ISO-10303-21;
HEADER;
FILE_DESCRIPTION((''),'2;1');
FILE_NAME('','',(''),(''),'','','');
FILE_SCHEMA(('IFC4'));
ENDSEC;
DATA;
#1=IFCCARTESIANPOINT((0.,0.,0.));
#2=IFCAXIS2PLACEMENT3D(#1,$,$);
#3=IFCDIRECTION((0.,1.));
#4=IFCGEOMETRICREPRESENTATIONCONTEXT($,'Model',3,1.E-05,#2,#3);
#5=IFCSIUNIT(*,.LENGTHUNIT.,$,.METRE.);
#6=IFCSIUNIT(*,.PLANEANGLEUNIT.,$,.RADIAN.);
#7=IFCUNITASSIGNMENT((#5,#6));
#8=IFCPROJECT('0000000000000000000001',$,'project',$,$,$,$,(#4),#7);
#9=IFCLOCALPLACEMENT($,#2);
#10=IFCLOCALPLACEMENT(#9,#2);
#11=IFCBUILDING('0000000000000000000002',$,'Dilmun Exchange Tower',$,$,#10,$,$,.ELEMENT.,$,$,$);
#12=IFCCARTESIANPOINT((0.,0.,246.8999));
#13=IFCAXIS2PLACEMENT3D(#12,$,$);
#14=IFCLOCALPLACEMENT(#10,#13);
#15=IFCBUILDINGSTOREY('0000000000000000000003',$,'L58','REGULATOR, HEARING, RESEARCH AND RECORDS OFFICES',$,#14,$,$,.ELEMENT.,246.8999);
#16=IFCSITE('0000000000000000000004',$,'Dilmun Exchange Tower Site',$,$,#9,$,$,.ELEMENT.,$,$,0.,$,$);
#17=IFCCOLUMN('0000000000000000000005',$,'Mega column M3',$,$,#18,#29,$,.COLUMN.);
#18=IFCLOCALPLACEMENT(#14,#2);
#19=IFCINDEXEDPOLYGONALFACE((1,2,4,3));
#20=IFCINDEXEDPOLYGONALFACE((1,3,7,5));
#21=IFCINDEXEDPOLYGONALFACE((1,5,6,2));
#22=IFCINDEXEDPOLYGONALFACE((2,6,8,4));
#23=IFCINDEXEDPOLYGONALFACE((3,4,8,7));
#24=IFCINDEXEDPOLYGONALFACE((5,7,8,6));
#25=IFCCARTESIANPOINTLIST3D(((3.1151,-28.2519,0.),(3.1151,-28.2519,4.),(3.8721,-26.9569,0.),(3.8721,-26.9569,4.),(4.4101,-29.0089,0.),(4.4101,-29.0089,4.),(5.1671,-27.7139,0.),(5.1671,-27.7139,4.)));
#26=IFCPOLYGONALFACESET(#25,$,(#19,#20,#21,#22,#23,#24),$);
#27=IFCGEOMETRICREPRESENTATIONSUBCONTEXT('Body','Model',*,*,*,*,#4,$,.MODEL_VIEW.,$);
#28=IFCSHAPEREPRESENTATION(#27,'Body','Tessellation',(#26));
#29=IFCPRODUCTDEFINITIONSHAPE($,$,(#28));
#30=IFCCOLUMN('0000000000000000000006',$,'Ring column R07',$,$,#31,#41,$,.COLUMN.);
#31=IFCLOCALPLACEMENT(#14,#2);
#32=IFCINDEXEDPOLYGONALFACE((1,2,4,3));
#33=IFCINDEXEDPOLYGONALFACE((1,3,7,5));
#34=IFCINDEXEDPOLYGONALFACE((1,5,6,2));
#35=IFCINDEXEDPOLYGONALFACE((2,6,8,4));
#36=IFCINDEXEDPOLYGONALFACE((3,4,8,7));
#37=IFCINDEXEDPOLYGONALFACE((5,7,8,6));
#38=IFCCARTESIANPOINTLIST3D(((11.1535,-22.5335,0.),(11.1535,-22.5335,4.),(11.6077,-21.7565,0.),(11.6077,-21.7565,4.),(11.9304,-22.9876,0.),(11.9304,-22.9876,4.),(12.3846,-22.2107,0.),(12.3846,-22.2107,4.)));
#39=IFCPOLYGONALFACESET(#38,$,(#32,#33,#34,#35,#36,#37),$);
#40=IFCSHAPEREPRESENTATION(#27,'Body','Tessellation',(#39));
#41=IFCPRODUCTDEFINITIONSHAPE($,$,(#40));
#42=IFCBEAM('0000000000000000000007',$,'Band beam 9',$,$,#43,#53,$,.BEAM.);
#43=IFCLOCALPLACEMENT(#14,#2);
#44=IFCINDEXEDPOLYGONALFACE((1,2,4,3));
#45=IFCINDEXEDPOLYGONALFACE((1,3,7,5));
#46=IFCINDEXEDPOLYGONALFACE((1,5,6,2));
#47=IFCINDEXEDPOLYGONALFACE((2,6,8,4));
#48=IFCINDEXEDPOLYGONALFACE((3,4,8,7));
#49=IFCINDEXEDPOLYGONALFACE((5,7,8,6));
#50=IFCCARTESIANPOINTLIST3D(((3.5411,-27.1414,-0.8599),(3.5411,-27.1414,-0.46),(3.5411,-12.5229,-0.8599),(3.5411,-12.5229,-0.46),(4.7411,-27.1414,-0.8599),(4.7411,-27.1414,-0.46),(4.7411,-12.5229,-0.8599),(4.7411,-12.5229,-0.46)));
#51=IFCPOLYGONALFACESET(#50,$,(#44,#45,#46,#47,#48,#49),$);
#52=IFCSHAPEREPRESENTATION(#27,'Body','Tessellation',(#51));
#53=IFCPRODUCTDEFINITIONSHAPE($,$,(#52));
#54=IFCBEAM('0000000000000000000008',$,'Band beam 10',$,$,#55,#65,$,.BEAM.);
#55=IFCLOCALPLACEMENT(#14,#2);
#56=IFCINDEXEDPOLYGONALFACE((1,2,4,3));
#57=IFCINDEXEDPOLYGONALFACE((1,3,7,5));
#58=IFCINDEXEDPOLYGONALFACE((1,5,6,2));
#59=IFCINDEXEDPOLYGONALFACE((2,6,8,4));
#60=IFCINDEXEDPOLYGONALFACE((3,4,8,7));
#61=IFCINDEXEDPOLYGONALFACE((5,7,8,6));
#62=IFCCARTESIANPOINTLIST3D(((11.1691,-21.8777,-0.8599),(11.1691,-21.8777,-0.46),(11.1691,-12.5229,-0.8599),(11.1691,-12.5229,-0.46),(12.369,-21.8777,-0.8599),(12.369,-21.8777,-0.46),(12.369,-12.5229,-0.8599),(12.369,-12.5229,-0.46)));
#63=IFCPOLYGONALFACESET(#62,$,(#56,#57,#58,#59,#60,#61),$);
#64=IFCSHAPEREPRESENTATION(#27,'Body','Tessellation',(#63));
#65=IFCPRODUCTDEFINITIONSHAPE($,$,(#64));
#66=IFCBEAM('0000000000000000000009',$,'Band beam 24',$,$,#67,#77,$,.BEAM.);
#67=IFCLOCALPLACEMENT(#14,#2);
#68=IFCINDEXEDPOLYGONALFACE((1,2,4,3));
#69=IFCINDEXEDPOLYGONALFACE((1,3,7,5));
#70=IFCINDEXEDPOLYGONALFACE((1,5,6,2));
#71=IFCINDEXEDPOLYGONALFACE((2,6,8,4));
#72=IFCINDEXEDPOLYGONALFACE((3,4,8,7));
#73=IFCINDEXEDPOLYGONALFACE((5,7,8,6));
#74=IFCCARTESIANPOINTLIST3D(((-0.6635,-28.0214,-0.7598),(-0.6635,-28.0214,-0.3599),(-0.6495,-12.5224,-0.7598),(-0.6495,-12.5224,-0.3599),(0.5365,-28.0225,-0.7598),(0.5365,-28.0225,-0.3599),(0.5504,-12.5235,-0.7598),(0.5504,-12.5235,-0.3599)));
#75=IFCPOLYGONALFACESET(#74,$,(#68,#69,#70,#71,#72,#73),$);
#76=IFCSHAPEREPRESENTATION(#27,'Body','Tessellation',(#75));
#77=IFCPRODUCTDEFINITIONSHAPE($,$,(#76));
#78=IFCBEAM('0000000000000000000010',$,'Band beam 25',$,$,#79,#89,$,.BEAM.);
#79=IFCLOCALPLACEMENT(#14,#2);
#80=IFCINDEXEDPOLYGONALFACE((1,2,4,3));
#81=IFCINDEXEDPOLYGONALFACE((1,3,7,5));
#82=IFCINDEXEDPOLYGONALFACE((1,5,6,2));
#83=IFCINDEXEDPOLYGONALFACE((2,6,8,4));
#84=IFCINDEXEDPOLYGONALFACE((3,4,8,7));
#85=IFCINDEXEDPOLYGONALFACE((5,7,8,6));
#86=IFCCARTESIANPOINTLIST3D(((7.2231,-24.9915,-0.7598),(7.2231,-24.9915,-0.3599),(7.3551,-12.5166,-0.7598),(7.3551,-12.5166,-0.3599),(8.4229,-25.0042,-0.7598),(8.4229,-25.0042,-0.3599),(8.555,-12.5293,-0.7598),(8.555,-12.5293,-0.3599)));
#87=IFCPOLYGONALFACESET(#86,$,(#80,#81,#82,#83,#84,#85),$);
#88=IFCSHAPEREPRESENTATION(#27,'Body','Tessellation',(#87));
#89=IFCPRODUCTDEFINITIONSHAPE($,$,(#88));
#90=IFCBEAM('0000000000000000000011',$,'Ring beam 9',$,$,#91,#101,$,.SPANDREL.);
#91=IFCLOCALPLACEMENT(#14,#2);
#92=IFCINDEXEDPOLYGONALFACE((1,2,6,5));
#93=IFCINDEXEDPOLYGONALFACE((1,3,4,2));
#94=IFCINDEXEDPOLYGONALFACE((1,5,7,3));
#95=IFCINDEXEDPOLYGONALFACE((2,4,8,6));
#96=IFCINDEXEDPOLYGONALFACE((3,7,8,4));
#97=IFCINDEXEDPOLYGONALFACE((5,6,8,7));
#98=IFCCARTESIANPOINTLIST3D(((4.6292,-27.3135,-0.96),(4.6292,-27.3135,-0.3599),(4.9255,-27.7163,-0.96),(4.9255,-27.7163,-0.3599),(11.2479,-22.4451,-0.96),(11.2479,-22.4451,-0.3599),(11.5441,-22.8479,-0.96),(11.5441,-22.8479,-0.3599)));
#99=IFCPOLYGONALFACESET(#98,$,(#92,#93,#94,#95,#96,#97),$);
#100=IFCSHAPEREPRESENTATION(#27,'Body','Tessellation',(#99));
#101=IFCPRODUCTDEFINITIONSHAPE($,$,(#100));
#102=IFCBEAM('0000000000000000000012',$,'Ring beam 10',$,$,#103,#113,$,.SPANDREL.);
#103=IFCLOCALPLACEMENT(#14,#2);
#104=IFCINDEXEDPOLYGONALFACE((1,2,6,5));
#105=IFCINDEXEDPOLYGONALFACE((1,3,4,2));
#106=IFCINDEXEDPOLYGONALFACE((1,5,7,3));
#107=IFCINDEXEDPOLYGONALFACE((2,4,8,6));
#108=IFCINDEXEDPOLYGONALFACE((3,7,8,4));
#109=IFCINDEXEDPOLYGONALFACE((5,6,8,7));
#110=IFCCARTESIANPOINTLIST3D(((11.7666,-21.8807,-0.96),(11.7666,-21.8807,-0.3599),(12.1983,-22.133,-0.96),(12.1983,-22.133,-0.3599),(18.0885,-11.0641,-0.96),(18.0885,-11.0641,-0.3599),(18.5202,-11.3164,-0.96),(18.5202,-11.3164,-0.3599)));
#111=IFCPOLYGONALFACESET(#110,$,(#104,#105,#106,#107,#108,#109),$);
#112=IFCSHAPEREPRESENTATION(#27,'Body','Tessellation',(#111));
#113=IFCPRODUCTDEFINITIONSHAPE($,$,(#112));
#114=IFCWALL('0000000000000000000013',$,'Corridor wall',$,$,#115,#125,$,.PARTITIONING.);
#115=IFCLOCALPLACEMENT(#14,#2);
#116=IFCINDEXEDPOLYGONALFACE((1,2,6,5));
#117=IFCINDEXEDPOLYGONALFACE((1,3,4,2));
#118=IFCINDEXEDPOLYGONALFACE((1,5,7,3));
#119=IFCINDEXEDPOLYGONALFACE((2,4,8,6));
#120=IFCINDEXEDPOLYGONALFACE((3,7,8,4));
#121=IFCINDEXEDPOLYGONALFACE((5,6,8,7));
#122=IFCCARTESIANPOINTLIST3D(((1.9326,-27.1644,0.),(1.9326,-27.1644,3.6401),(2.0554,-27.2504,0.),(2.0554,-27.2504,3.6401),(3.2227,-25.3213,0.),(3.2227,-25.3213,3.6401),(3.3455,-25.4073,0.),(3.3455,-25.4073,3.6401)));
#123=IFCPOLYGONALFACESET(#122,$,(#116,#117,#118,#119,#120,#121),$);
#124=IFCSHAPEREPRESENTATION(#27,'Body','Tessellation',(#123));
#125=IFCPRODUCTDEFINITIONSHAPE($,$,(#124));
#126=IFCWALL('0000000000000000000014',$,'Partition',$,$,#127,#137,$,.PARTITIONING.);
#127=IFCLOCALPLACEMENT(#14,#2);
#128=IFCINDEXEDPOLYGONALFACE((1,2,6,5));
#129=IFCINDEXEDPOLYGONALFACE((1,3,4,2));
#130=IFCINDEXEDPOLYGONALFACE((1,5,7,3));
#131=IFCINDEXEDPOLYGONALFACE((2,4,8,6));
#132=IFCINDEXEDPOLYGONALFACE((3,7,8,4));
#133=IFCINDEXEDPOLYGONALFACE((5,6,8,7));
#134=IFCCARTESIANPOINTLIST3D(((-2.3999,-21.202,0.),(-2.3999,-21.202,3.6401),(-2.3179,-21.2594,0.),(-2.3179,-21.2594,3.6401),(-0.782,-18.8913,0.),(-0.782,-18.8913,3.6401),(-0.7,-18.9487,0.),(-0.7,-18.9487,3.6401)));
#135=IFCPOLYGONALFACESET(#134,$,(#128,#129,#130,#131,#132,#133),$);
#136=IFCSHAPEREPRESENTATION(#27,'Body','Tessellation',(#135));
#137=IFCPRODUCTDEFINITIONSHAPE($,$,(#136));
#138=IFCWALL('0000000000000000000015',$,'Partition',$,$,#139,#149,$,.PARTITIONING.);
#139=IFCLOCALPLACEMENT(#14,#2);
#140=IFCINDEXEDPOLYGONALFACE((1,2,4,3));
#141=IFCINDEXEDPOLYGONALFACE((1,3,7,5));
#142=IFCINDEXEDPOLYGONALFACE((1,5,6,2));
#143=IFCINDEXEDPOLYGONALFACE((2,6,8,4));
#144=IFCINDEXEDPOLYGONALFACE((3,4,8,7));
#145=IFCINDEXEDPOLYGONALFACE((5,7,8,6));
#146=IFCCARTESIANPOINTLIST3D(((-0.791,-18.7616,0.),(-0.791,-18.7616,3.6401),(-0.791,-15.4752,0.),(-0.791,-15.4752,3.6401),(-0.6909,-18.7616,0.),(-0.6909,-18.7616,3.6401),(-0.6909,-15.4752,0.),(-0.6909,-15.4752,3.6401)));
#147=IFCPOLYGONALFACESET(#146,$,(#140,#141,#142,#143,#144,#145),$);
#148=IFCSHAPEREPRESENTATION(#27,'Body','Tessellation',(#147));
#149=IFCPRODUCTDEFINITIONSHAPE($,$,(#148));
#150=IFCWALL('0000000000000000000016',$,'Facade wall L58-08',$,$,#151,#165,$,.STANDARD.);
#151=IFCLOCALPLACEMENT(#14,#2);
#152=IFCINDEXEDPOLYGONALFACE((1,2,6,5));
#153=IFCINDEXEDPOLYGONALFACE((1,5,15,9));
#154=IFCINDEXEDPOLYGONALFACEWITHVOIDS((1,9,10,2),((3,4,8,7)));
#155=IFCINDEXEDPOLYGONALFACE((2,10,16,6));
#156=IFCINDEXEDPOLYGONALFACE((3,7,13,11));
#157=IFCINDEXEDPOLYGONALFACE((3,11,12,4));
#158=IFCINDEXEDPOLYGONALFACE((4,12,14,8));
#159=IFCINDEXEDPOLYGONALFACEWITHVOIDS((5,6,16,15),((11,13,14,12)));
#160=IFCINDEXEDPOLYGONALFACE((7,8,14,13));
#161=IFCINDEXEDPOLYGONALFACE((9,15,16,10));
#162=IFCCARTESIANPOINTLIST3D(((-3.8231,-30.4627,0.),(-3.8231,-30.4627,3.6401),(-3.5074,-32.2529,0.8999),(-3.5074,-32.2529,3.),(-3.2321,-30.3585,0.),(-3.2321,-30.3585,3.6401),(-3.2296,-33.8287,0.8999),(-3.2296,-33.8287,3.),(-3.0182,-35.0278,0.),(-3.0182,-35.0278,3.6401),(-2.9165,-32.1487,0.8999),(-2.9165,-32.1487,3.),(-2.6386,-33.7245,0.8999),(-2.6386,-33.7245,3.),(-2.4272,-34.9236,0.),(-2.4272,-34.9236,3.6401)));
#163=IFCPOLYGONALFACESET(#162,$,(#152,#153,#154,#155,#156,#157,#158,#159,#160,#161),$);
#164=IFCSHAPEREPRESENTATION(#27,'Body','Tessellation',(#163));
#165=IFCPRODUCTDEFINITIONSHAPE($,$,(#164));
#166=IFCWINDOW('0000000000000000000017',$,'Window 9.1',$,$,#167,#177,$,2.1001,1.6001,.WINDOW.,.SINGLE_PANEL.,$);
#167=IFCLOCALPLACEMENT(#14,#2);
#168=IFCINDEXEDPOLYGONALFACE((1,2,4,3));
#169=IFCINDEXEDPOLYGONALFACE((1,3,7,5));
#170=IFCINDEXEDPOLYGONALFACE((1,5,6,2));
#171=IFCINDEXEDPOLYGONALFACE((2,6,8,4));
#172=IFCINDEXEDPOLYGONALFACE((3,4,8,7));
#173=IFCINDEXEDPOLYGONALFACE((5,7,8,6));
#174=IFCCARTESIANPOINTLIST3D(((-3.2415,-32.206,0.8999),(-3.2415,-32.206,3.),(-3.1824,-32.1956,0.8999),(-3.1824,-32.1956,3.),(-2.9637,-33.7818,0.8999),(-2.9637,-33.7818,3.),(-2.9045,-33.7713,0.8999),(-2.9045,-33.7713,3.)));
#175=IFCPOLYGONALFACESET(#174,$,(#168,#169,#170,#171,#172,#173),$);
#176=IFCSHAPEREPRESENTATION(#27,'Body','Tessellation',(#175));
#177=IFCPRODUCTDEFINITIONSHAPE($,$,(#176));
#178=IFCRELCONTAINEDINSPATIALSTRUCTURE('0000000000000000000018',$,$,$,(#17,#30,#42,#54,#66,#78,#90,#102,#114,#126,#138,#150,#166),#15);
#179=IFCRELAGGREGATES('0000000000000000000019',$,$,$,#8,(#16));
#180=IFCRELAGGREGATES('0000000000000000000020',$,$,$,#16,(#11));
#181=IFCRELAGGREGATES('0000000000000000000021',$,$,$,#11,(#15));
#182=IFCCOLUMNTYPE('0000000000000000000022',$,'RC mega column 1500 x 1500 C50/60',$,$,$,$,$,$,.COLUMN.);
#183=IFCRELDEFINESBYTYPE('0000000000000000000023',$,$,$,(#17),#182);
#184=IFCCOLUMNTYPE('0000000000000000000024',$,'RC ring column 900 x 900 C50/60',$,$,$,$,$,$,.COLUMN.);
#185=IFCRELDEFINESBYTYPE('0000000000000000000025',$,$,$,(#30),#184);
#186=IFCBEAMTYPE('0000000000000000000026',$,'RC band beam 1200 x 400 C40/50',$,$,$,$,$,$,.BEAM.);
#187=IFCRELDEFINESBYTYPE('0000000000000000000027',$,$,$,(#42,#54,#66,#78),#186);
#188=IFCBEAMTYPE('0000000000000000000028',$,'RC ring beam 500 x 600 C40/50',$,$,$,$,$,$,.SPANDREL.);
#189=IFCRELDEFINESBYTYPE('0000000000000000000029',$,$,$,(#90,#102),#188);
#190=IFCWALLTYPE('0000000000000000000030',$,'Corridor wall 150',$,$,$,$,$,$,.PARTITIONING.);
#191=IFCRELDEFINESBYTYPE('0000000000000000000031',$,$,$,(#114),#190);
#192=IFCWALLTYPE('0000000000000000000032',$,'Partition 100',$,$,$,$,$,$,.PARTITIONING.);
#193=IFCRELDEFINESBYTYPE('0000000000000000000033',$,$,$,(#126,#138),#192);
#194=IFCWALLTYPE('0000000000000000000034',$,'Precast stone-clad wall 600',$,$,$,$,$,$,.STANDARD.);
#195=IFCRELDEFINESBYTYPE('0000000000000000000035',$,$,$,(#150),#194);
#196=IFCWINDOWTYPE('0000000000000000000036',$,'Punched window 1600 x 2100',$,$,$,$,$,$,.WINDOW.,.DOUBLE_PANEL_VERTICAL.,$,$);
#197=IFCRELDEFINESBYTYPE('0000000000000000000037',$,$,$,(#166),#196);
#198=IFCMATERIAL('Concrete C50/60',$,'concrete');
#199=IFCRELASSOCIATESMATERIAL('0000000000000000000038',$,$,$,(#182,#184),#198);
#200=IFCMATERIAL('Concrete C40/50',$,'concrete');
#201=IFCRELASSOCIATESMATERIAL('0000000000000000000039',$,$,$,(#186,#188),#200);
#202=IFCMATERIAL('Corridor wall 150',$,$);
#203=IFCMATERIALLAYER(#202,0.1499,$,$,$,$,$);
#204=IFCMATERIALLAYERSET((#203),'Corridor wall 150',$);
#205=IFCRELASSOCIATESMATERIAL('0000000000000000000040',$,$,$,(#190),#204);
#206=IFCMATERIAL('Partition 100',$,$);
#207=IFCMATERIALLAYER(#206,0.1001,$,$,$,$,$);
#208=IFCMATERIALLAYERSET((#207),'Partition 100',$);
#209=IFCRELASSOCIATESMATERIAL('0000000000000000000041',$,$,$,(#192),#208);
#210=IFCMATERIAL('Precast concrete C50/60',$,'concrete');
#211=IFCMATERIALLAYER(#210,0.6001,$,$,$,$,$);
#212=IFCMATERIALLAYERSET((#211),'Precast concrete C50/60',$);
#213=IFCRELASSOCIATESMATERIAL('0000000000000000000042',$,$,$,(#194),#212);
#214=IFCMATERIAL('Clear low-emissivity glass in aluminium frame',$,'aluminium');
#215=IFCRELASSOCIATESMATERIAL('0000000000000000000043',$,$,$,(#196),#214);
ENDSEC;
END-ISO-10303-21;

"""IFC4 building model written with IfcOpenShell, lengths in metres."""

from ifc_helpers import new_model, si_unit, direction, frame, frame_2d, origin, origin_2d, place, context, subcontext, project, spatial, rectangle, extrude, material, layer, layer_set, material_profile, profile_set, type_object, element, fill, save


model = new_model("IFC4")

# Units and contexts
model_context = context("Model", 3, precision=1e-05, world=origin(), true_north=direction((0.0, 1.0)))
body_context = subcontext(model_context, "Body", "Model", "MODEL_VIEW")
ifc_project = project(units=[si_unit("LENGTHUNIT", "METRE"), si_unit("PLANEANGLEUNIT", "RADIAN")], contexts=[model_context])

# Site, building, storey
site_placement = place(None, origin())
site = spatial("IfcSite", under=ifc_project, at=site_placement, Name="Dilmun Exchange Tower Site", CompositionType="ELEMENT", RefElevation=0.0)
building_placement = place(site_placement, origin())
building = spatial("IfcBuilding", under=site, at=building_placement, Name="Dilmun Exchange Tower", CompositionType="ELEMENT")
storey_placement = place(building_placement, frame((0.0, 0.0, 246.8999)))
storey = spatial("IfcBuildingStorey", under=building, at=storey_placement, Name="L58", Description="REGULATOR, HEARING, RESEARCH AND RECORDS OFFICES", CompositionType="ELEMENT", Elevation=246.8999)

# Columns
ifc_material_1 = material(Name="Concrete C50/60", Category="concrete")
ifc_material_profile_1 = material_profile(ifc_material_1, rectangle(XDim=1.5, YDim=1.5, at=origin_2d()), Name="1500 x 1500")
ifc_profile_set_1 = profile_set([ifc_material_profile_1], Name="Concrete C50/60")
column_type_1 = type_object("IfcColumnType", Name="RC mega column 1500 x 1500 C50/60", PredefinedType="COLUMN", material=ifc_profile_set_1)
column_1_placement = place(storey_placement, frame((4.1411, -27.9829, 0.0), z_axis=(0.0, 0.0, 1.0), x_axis=(0.504644, 0.863328, 0.0)))
element("IfcColumn", 1, at=column_1_placement, inside=storey, type_object=column_type_1, Name="Mega column M3", PredefinedType="COLUMN", context=body_context, shape_type="SweptSolid", body=[
    extrude(rectangle(XDim=1.5, YDim=1.5, at=origin_2d()), origin(), (0.0, 0.0, 1.0), 4.0),
])
ifc_material_profile_2 = material_profile(ifc_material_1, rectangle(XDim=0.8999, YDim=0.8999, at=origin_2d()), Name="900 x 900")
ifc_profile_set_2 = profile_set([ifc_material_profile_2], Name="Concrete C50/60")
column_type_2 = type_object("IfcColumnType", Name="RC ring column 900 x 900 C50/60", PredefinedType="COLUMN", material=ifc_profile_set_2)
column_2_placement = place(storey_placement, frame((11.769, -22.3721, 0.0), z_axis=(0.0, 0.0, 1.0), x_axis=(0.504644, 0.863328, 0.0)))
element("IfcColumn", 2, at=column_2_placement, inside=storey, type_object=column_type_2, Name="Ring column R07", PredefinedType="COLUMN", context=body_context, shape_type="SweptSolid", body=[
    extrude(rectangle(XDim=0.8999, YDim=0.8999, at=origin_2d()), origin(), (0.0, 0.0, 1.0), 4.0),
])

# Beams
ifc_material_2 = material(Name="Concrete C40/50", Category="concrete")
ifc_material_profile_3 = material_profile(ifc_material_2, rectangle(XDim=1.2, YDim=0.3999, at=origin_2d()), Name="1200 x 400")
ifc_profile_set_3 = profile_set([ifc_material_profile_3], Name="Concrete C40/50")
beam_type_1 = type_object("IfcBeamType", Name="RC band beam 1200 x 400 C40/50", PredefinedType="BEAM", material=ifc_profile_set_3)
beam_1_placement = place(storey_placement, frame((4.1411, -27.1414, -0.6599), z_axis=(0.0, 1.0, 0.0), x_axis=(-1.0, 0.0, 0.0)))
element("IfcBeam", 3, at=beam_1_placement, inside=storey, type_object=beam_type_1, Name="Band beam 9", PredefinedType="BEAM", context=body_context, shape_type="SweptSolid", body=[
    extrude(rectangle(XDim=1.2, YDim=0.3999, at=origin_2d()), origin(), (0.0, 0.0, 1.0), 14.6184),
])
beam_2_placement = place(storey_placement, frame((11.769, -21.8777, -0.6599), z_axis=(0.0, 1.0, 0.0), x_axis=(-1.0, 0.0, 0.0)))
element("IfcBeam", 4, at=beam_2_placement, inside=storey, type_object=beam_type_1, Name="Band beam 10", PredefinedType="BEAM", context=body_context, shape_type="SweptSolid", body=[
    extrude(rectangle(XDim=1.2, YDim=0.3999, at=origin_2d()), origin(), (0.0, 0.0, 1.0), 9.3547),
])
beam_3_placement = place(storey_placement, frame((-0.0635, -28.022, -0.5598), z_axis=(0.000898, 1.0, 0.0), x_axis=(-1.0, 0.000898, 0.0)))
element("IfcBeam", 5, at=beam_3_placement, inside=storey, type_object=beam_type_1, Name="Band beam 24", PredefinedType="BEAM", context=body_context, shape_type="SweptSolid", body=[
    extrude(rectangle(XDim=1.2, YDim=0.3999, at=origin_2d()), origin(), (0.0, 0.0, 1.0), 15.499),
])
beam_4_placement = place(storey_placement, frame((7.823, -24.9978, -0.5598), z_axis=(0.010587, 0.999944, 0.0), x_axis=(-0.999944, 0.010587, 0.0)))
element("IfcBeam", 6, at=beam_4_placement, inside=storey, type_object=beam_type_1, Name="Band beam 25", PredefinedType="BEAM", context=body_context, shape_type="SweptSolid", body=[
    extrude(rectangle(XDim=1.2, YDim=0.3999, at=origin_2d()), origin(), (0.0, 0.0, 1.0), 12.4756),
])
ifc_material_profile_4 = material_profile(ifc_material_2, rectangle(XDim=0.5, YDim=0.6001, at=origin_2d()), Name="500 x 600")
ifc_profile_set_4 = profile_set([ifc_material_profile_4], Name="Concrete C40/50")
beam_type_2 = type_object("IfcBeamType", Name="RC ring beam 500 x 600 C40/50", PredefinedType="SPANDREL", material=ifc_profile_set_4)
beam_5_placement = place(storey_placement, frame((4.7773, -27.5149, -0.6599), z_axis=(0.805549, 0.592529, 0.0), x_axis=(-0.592529, 0.805549, 0.0)))
element("IfcBeam", 7, at=beam_5_placement, inside=storey, type_object=beam_type_2, Name="Ring beam 9", PredefinedType="SPANDREL", context=body_context, shape_type="SweptSolid", body=[
    extrude(rectangle(XDim=0.5, YDim=0.6001, at=origin_2d()), origin(), (0.0, 0.0, 1.0), 8.2163),
])
beam_6_placement = place(storey_placement, frame((11.9824, -22.0068, -0.6599), z_axis=(0.504604, 0.863351, 0.0), x_axis=(-0.863351, 0.504604, 0.0)))
element("IfcBeam", 8, at=beam_6_placement, inside=storey, type_object=beam_type_2, Name="Ring beam 10", PredefinedType="SPANDREL", context=body_context, shape_type="SweptSolid", body=[
    extrude(rectangle(XDim=0.5, YDim=0.6001, at=origin_2d()), origin(), (0.0, 0.0, 1.0), 12.5286),
])

# Walls
ifc_material_3 = material(Name="Corridor wall 150")
ifc_layer_1 = layer(ifc_material_3, 0.1499)
ifc_layer_set_1 = layer_set([ifc_layer_1], Name="Corridor wall 150")
wall_type_1 = type_object("IfcWallType", Name="Corridor wall 150", PredefinedType="PARTITIONING", material=ifc_layer_set_1)
wall_1_placement = place(storey_placement, frame((1.9939, -27.2075, 0.0), z_axis=(0.0, 0.0, 1.0), x_axis=(0.57344, 0.819247, 0.0)))
element("IfcWall", 9, at=wall_1_placement, inside=storey, type_object=wall_type_1, Name="Corridor wall", PredefinedType="PARTITIONING", context=body_context, shape_type="SweptSolid", body=[
    extrude(rectangle(XDim=2.2498, YDim=0.1499, at=frame_2d((1.125, 0.0))), origin(), (0.0, 0.0, 1.0), 3.6401),
])
ifc_material_4 = material(Name="Partition 100")
ifc_layer_2 = layer(ifc_material_4, 0.1001)
ifc_layer_set_2 = layer_set([ifc_layer_2], Name="Partition 100")
wall_type_2 = type_object("IfcWallType", Name="Partition 100", PredefinedType="PARTITIONING", material=ifc_layer_set_2)
wall_2_placement = place(storey_placement, frame((-2.3589, -21.2307, 0.0), z_axis=(0.0, 0.0, 1.0), x_axis=(0.573549, 0.819171, 0.0)))
element("IfcWall", 10, at=wall_2_placement, inside=storey, type_object=wall_type_2, Name="Partition", PredefinedType="PARTITIONING", context=body_context, shape_type="SweptSolid", body=[
    extrude(rectangle(XDim=2.8208, YDim=0.1001, at=frame_2d((1.4104, 0.0))), origin(), (0.0, 0.0, 1.0), 3.6401),
])
wall_3_placement = place(storey_placement, frame((-0.741, -18.7615, 0.0), z_axis=(0.0, 0.0, 1.0), x_axis=(0.0, 1.0, 0.0)))
element("IfcWall", 11, at=wall_3_placement, inside=storey, type_object=wall_type_2, Name="Partition", PredefinedType="PARTITIONING", context=body_context, shape_type="SweptSolid", body=[
    extrude(rectangle(XDim=3.2864, YDim=0.1001, at=frame_2d((1.6431, 0.0))), origin(), (0.0, 0.0, 1.0), 3.6401),
])

# Wall, opening, window
ifc_material_5 = material(Name="Precast concrete C50/60", Category="concrete")
ifc_layer_3 = layer(ifc_material_5, 0.6001)
ifc_layer_set_3 = layer_set([ifc_layer_3], Name="Precast concrete C50/60")
wall_type_3 = type_object("IfcWallType", Name="Precast stone-clad wall 600", PredefinedType="STANDARD", material=ifc_layer_set_3)
wall_4_placement = place(storey_placement, frame((-2.7227, -34.9758, 0.0), z_axis=(0.0, 0.0, 1.0), x_axis=(-0.173641, 0.984809, 0.0)))
wall_4 = element("IfcWall", 12, at=wall_4_placement, inside=storey, type_object=wall_type_3, Name="Facade wall L58-08", PredefinedType="STANDARD", context=body_context, shape_type="SweptSolid", body=[
    extrude(rectangle(XDim=4.6355, YDim=0.6001, at=frame_2d((2.3179, 0.0))), origin(), (0.0, 0.0, 1.0), 3.6401),
])
opening_1_placement = place(wall_4_placement, frame((1.2178, 0.0, 0.8999)))
opening_1 = element("IfcOpeningElement", 13, at=opening_1_placement, cuts=wall_4, PredefinedType="OPENING", context=body_context, shape_type="SweptSolid", body=[
    extrude(rectangle(XDim=1.6001, YDim=2.1001, at=frame_2d((0.8, 1.05))), frame((0.0, 0.3101, 0.0), z_axis=(0.0, -1.0, 0.0), x_axis=(1.0, 0.0, 0.0)), (0.0, 0.0, 1.0), 0.6201),
])
ifc_material_6 = material(Name="Clear low-emissivity glass in aluminium frame", Category="aluminium")
window_type_1 = type_object("IfcWindowType", Name="Punched window 1600 x 2100", PartitioningType="DOUBLE_PANEL_VERTICAL", PredefinedType="WINDOW", material=ifc_material_6)
window_1_placement = place(opening_1_placement, origin())
window_1 = element("IfcWindow", 14, at=window_1_placement, inside=storey, type_object=window_type_1, Name="Window 9.1", OverallHeight=2.1001, OverallWidth=1.6001, PartitioningType="SINGLE_PANEL", PredefinedType="WINDOW", context=body_context, shape_type="SweptSolid", body=[
    extrude(rectangle(XDim=1.6001, YDim=2.1001, at=frame_2d((0.8, 1.05))), frame((0.0, 0.03, 0.0), z_axis=(0.0, -1.0, 0.0), x_axis=(1.0, 0.0, 0.0)), (0.0, 0.0, 1.0), 0.0601),
])
fill(opening_1, window_1)

save(model, "model.ifc")
